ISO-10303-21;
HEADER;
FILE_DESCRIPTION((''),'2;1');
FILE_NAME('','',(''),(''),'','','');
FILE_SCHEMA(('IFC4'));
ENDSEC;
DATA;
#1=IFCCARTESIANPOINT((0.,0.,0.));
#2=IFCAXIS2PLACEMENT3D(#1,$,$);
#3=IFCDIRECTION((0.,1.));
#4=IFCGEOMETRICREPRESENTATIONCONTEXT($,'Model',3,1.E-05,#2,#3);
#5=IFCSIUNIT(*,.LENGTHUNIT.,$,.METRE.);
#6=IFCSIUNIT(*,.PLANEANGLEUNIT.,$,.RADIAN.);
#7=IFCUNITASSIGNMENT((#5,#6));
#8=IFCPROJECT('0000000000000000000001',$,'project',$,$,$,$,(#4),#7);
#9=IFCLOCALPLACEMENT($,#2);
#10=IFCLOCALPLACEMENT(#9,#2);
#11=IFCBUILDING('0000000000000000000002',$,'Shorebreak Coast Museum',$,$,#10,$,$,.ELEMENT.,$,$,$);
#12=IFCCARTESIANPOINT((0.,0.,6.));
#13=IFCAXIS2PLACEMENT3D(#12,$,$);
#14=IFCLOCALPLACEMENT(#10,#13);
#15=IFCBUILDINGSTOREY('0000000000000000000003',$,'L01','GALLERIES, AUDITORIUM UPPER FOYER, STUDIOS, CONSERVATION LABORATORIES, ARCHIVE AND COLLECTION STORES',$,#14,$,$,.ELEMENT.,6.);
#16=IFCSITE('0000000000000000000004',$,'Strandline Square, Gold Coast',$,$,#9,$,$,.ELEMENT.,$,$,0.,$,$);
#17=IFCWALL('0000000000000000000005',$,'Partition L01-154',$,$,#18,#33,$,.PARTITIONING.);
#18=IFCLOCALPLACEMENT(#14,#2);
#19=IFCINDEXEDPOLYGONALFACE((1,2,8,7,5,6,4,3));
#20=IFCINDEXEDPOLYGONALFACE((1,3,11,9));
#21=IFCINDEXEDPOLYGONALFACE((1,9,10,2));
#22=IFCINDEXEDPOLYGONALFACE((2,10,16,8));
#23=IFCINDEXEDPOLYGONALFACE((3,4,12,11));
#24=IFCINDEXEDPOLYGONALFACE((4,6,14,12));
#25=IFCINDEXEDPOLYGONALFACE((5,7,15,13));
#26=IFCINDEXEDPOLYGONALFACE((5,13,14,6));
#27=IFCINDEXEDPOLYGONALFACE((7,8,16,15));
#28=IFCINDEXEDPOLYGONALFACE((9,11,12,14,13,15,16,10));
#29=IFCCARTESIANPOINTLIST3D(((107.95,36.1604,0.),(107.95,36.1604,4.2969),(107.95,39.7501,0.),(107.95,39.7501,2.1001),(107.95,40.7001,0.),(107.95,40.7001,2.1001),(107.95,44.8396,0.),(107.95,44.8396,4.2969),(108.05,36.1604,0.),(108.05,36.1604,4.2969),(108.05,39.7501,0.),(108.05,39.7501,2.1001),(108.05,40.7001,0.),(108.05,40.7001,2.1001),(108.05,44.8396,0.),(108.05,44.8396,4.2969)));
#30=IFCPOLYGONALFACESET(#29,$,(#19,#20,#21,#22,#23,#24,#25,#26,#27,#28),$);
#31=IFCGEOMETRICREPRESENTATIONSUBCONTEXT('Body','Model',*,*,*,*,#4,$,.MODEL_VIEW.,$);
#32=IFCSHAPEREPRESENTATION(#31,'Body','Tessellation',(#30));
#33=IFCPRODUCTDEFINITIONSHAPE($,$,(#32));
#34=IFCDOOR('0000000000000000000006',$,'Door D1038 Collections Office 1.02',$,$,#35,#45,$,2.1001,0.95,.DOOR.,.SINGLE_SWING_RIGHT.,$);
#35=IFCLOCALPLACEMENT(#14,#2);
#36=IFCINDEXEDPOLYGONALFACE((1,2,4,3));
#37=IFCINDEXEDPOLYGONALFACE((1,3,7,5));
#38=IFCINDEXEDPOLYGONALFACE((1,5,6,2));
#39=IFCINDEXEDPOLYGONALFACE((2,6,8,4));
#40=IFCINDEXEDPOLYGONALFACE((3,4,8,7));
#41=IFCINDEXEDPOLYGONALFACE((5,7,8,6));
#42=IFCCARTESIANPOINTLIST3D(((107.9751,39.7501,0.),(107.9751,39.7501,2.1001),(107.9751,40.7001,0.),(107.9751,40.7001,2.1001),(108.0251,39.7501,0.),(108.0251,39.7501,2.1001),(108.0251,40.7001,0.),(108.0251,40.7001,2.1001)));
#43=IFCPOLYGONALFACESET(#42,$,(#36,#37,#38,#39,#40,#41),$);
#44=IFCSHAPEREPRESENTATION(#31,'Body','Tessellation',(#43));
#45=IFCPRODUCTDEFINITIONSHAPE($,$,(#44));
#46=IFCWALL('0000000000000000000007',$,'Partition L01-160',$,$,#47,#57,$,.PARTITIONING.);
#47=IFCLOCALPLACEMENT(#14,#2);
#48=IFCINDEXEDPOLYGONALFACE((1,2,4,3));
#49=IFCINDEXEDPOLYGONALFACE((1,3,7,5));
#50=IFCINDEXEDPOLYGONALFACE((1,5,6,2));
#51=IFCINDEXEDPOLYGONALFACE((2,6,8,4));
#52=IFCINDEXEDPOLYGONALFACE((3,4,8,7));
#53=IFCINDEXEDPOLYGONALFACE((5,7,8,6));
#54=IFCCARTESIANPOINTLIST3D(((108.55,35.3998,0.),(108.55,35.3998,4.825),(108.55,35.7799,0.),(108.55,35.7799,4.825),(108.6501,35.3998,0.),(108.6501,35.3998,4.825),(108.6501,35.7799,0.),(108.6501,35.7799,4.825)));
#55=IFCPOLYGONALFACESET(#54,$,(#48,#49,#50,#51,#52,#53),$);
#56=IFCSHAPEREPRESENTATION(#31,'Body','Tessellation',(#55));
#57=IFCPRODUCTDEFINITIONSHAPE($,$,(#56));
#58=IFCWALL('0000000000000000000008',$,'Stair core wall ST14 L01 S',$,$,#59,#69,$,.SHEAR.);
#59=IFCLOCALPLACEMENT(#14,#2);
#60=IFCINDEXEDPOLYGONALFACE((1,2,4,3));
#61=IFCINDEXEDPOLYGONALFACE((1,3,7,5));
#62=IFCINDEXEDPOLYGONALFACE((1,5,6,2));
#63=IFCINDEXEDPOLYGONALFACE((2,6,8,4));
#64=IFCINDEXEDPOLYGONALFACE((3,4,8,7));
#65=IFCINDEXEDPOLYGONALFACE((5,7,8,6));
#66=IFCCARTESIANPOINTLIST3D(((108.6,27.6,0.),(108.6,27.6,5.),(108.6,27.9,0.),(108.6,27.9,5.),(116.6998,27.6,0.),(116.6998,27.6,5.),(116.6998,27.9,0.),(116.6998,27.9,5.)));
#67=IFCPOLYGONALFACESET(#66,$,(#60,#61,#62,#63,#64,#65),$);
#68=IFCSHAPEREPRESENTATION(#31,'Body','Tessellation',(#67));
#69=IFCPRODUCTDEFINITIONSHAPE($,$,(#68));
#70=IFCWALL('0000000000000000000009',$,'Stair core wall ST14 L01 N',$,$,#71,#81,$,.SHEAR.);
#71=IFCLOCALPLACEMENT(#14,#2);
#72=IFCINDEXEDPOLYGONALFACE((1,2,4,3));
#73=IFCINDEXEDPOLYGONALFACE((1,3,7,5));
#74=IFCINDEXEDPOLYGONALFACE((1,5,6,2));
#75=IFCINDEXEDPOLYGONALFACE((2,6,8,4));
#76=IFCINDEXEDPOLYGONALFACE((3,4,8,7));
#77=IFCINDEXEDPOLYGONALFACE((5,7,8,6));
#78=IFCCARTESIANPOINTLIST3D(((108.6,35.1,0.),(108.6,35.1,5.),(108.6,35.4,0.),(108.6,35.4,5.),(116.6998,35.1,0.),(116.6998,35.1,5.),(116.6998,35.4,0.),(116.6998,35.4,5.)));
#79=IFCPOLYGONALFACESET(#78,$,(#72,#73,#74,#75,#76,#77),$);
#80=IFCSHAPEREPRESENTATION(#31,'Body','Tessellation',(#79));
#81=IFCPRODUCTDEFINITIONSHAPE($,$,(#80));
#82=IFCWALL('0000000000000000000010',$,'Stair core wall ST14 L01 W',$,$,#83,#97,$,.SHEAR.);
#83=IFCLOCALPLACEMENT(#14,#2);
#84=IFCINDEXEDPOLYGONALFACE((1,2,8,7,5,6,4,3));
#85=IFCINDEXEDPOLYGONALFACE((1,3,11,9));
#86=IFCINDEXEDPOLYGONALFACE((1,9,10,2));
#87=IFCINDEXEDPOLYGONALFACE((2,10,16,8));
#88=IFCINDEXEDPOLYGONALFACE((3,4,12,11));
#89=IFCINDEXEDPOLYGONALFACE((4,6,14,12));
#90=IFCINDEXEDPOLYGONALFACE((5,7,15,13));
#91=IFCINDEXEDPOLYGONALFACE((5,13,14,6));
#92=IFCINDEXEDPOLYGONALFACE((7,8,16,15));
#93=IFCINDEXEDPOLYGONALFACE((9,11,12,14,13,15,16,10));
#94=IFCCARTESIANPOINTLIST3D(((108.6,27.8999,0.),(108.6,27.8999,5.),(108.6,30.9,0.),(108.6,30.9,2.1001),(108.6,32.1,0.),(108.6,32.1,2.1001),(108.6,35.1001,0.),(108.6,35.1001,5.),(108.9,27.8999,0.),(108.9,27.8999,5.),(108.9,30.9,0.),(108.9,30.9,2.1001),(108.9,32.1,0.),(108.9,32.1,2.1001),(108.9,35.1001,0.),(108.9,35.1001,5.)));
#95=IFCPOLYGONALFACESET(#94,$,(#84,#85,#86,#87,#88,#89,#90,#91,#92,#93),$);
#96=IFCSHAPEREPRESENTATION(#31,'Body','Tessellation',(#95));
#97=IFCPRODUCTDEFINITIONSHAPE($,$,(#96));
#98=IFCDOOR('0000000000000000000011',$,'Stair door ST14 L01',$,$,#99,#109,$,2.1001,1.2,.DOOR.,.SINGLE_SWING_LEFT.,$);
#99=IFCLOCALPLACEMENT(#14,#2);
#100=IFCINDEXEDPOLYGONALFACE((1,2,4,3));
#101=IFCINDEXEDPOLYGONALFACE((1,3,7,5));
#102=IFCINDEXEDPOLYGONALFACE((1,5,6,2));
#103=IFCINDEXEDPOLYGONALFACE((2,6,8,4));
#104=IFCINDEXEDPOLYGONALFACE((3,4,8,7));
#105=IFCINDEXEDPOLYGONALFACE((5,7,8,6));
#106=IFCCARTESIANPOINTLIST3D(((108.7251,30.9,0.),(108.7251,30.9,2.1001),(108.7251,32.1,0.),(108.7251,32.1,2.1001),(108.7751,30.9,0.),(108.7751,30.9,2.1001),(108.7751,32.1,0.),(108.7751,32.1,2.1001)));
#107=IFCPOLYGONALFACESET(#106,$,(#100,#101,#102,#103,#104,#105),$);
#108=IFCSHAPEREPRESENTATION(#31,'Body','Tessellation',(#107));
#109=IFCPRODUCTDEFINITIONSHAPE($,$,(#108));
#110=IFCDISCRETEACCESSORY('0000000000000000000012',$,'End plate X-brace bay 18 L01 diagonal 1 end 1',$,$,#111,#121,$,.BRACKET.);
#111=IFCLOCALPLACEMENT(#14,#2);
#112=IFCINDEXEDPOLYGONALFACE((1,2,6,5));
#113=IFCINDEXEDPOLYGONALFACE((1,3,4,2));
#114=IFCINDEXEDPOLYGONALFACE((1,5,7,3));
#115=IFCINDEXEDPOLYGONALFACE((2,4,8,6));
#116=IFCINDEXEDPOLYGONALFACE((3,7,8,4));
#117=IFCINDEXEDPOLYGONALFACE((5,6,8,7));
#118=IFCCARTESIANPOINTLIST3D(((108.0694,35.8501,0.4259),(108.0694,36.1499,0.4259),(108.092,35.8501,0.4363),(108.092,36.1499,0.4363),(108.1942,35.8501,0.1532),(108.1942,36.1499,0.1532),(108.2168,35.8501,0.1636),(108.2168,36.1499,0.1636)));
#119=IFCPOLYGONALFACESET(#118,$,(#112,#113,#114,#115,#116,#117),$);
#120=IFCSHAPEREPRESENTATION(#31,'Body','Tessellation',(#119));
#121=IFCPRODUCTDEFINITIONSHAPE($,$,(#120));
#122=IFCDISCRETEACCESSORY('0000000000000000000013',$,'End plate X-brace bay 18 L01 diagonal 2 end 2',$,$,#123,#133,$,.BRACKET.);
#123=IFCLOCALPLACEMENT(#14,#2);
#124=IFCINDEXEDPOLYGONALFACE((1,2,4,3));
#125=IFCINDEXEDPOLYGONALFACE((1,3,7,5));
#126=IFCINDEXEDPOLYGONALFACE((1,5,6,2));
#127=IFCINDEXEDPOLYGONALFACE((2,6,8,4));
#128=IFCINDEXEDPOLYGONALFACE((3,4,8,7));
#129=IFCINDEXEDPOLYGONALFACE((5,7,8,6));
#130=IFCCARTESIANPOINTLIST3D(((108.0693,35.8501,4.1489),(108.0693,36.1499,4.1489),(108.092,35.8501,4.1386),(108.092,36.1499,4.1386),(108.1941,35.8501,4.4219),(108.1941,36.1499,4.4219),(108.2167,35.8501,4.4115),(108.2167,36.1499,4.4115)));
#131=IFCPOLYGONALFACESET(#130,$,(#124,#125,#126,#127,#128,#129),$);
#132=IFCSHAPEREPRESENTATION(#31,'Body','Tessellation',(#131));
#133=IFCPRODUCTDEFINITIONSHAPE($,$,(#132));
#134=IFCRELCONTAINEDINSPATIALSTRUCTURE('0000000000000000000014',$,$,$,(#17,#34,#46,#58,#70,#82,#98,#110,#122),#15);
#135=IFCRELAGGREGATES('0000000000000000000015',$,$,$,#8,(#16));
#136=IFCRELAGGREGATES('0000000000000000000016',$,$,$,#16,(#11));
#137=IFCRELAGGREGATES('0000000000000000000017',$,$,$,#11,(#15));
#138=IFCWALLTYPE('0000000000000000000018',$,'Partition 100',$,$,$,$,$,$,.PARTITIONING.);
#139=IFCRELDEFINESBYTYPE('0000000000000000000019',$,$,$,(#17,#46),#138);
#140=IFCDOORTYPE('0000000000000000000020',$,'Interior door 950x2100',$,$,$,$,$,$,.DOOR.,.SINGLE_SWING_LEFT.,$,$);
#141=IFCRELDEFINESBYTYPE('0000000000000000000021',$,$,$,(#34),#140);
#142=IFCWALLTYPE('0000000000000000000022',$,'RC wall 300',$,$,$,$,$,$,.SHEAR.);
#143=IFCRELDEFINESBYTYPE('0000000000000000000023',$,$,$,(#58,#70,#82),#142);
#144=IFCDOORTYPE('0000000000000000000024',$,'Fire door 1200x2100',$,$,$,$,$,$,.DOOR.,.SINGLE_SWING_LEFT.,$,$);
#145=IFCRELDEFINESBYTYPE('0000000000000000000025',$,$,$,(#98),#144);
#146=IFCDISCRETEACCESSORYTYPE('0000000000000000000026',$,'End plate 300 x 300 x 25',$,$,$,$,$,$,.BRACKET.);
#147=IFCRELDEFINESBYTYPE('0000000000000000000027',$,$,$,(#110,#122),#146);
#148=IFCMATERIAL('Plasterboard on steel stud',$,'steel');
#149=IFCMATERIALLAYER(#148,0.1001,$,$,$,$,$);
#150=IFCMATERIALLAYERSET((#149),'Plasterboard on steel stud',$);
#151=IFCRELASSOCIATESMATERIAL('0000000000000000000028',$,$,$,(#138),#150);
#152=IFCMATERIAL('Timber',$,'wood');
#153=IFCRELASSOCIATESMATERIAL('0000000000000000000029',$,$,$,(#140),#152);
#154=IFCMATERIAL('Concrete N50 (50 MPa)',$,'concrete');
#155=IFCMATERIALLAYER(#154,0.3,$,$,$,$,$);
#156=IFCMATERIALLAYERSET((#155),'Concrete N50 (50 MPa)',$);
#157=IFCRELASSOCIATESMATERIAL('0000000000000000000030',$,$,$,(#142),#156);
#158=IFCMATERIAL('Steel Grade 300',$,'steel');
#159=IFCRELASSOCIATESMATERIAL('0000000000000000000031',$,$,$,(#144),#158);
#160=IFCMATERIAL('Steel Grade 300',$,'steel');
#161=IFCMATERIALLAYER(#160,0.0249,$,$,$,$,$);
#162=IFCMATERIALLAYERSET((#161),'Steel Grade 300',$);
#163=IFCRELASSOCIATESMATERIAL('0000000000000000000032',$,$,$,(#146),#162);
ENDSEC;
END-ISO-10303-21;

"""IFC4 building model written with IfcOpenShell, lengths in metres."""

from ifc_helpers import new_model, si_unit, direction, frame, frame_2d, origin, place, context, subcontext, project, spatial, polyline, rectangle, outline, extrude, material, layer, layer_set, type_object, element, fill, save


model = new_model("IFC4")

# Units and contexts
model_context = context("Model", 3, precision=1e-05, world=origin(), true_north=direction((0.0, 1.0)))
body_context = subcontext(model_context, "Body", "Model", "MODEL_VIEW")
ifc_project = project(units=[si_unit("LENGTHUNIT", "METRE"), si_unit("PLANEANGLEUNIT", "RADIAN")], contexts=[model_context])

# Site, building, storey
site_placement = place(None, origin())
site = spatial("IfcSite", under=ifc_project, at=site_placement, Name="Strandline Square, Gold Coast", CompositionType="ELEMENT", RefElevation=0.0)
building_placement = place(site_placement, origin())
building = spatial("IfcBuilding", under=site, at=building_placement, Name="Shorebreak Coast Museum", CompositionType="ELEMENT")
storey_placement = place(building_placement, frame((0.0, 0.0, 6.0)))
storey = spatial("IfcBuildingStorey", under=building, at=storey_placement, Name="L01", Description="GALLERIES, AUDITORIUM UPPER FOYER, STUDIOS, CONSERVATION LABORATORIES, ARCHIVE AND COLLECTION STORES", CompositionType="ELEMENT", Elevation=6.0)

# Wall, opening, door
ifc_material_1 = material(Name="Plasterboard on steel stud", Category="steel")
ifc_layer_1 = layer(ifc_material_1, 0.1001)
ifc_layer_set_1 = layer_set([ifc_layer_1], Name="Plasterboard on steel stud")
wall_type_1 = type_object("IfcWallType", Name="Partition 100", PredefinedType="PARTITIONING", material=ifc_layer_set_1)
wall_1_placement = place(storey_placement, frame((108.0, 36.1604, 0.0), z_axis=(0.0, 0.0, 1.0), x_axis=(0.0, 1.0, 0.0)))
wall_1 = element("IfcWall", 1, at=wall_1_placement, inside=storey, type_object=wall_type_1, Name="Partition L01-154", PredefinedType="PARTITIONING", context=body_context, shape_type="SweptSolid", body=[
    extrude(rectangle(XDim=8.6792, YDim=0.1001, at=frame_2d((4.3396, 0.0))), origin(), (0.0, 0.0, 1.0), 4.2969),
])
opening_1_placement = place(wall_1_placement, frame((3.5896, 0.0, 0.0)))
opening_1 = element("IfcOpeningElement", 2, at=opening_1_placement, cuts=wall_1, PredefinedType="OPENING", context=body_context, shape_type="SweptSolid", body=[
    extrude(rectangle(XDim=0.95, YDim=2.1001, at=frame_2d((0.4751, 1.05))), frame((0.0, 0.0601, 0.0), z_axis=(0.0, -1.0, 0.0), x_axis=(1.0, 0.0, 0.0)), (0.0, 0.0, 1.0), 0.1201),
])
ifc_material_2 = material(Name="Timber", Category="wood")
door_type_1 = type_object("IfcDoorType", Name="Interior door 950x2100", OperationType="SINGLE_SWING_LEFT", PredefinedType="DOOR", material=ifc_material_2)
door_1_placement = place(opening_1_placement, origin())
door_1 = element("IfcDoor", 3, at=door_1_placement, inside=storey, type_object=door_type_1, Name="Door D1038 Collections Office 1.02", OperationType="SINGLE_SWING_RIGHT", OverallHeight=2.1001, OverallWidth=0.95, PredefinedType="DOOR", context=body_context, shape_type="SweptSolid", body=[
    extrude(rectangle(XDim=0.95, YDim=2.1001, at=frame_2d((0.4751, 1.05))), frame((0.0, 0.0249, 0.0), z_axis=(0.0, -1.0, 0.0), x_axis=(1.0, 0.0, 0.0)), (0.0, 0.0, 1.0), 0.05),
])
fill(opening_1, door_1)

# Walls
wall_2_placement = place(storey_placement, frame((108.6001, 35.3999, 0.0), z_axis=(0.0, 0.0, 1.0), x_axis=(0.0, 1.0, 0.0)))
element("IfcWall", 4, at=wall_2_placement, inside=storey, type_object=wall_type_1, Name="Partition L01-160", PredefinedType="PARTITIONING", context=body_context, shape_type="SweptSolid", body=[
    extrude(rectangle(XDim=0.3801, YDim=0.1001, at=frame_2d((0.1899, 0.0))), origin(), (0.0, 0.0, 1.0), 4.825),
])
ifc_material_3 = material(Name="Concrete N50 (50 MPa)", Category="concrete")
ifc_layer_2 = layer(ifc_material_3, 0.3)
ifc_layer_set_2 = layer_set([ifc_layer_2], Name="Concrete N50 (50 MPa)")
wall_type_2 = type_object("IfcWallType", Name="RC wall 300", PredefinedType="SHEAR", material=ifc_layer_set_2)
for number, where, z_axis, x_axis, name in (
    (5, (108.6001, 27.75, 0.0), (0.0, 0.0, 1.0), (1.0, 0.0, 0.0), "Stair core wall ST14 L01 S"),
    (6, (108.6001, 35.25, 0.0), (0.0, 0.0, 1.0), (1.0, 0.0, 0.0), "Stair core wall ST14 L01 N"),
):
    element("IfcWall", number, at=place(storey_placement, frame(where, z_axis=z_axis, x_axis=x_axis)), inside=storey, type_object=wall_type_2, Name=name, PredefinedType="SHEAR", context=body_context, shape_type="SweptSolid", body=[
        extrude(rectangle(XDim=8.0999, YDim=0.3, at=frame_2d((4.0498, 0.0))), origin(), (0.0, 0.0, 1.0), 5.0),
    ])

# Wall, opening, door
wall_3_placement = place(storey_placement, frame((108.75, 27.8999, 0.0), z_axis=(0.0, 0.0, 1.0), x_axis=(0.0, 1.0, 0.0)))
wall_3 = element("IfcWall", 7, at=wall_3_placement, inside=storey, type_object=wall_type_2, Name="Stair core wall ST14 L01 W", PredefinedType="SHEAR", context=body_context, shape_type="SweptSolid", body=[
    extrude(rectangle(XDim=7.2002, YDim=0.3, at=frame_2d((3.6001, 0.0))), origin(), (0.0, 0.0, 1.0), 5.0),
])
opening_2_placement = place(wall_3_placement, frame((3.0, 0.0, 0.0)))
opening_2 = element("IfcOpeningElement", 8, at=opening_2_placement, cuts=wall_3, PredefinedType="OPENING", context=body_context, shape_type="SweptSolid", body=[
    extrude(rectangle(XDim=1.2, YDim=2.1001, at=frame_2d((0.6001, 1.05))), frame((0.0, 0.1599, 0.0), z_axis=(0.0, -1.0, 0.0), x_axis=(1.0, 0.0, 0.0)), (0.0, 0.0, 1.0), 0.3201),
])
ifc_material_4 = material(Name="Steel Grade 300", Category="steel")
door_type_2 = type_object("IfcDoorType", Name="Fire door 1200x2100", OperationType="SINGLE_SWING_LEFT", PredefinedType="DOOR", material=ifc_material_4)
door_2_placement = place(opening_2_placement, origin())
door_2 = element("IfcDoor", 9, at=door_2_placement, inside=storey, type_object=door_type_2, Name="Stair door ST14 L01", OperationType="SINGLE_SWING_LEFT", OverallHeight=2.1001, OverallWidth=1.2, PredefinedType="DOOR", context=body_context, shape_type="SweptSolid", body=[
    extrude(rectangle(XDim=1.2, YDim=2.1001, at=frame_2d((0.6001, 1.05))), frame((0.0, 0.0249, 0.0), z_axis=(0.0, -1.0, 0.0), x_axis=(1.0, 0.0, 0.0)), (0.0, 0.0, 1.0), 0.05),
])
fill(opening_2, door_2)

# Discrete accessories
ifc_material_5 = material(Name="Steel Grade 300", Category="steel")
ifc_layer_3 = layer(ifc_material_5, 0.0249)
ifc_layer_set_3 = layer_set([ifc_layer_3], Name="Steel Grade 300")
discrete_accessory_type = type_object("IfcDiscreteAccessoryType", Name="End plate 300 x 300 x 25", PredefinedType="BRACKET", material=ifc_layer_set_3)
discrete_accessory_1_placement = place(storey_placement, frame((108.2168, 35.8501, 0.1636), z_axis=(0.90936, 0.0, 0.41601), x_axis=(0.0, 1.0, 0.0)))
element("IfcDiscreteAccessory", 10, at=discrete_accessory_1_placement, inside=storey, type_object=discrete_accessory_type, Name="End plate X-brace bay 18 L01 diagonal 1 end 1", PredefinedType="BRACKET", context=body_context, shape_type="SweptSolid", body=[
    extrude(outline(polyline([(0.0, 0.0), (0.2998, 0.0), (0.2998, 0.2999), (0.0, 0.2999), (0.0, 0.0)])), origin(), (0.0, 0.0, -1.0), 0.0249),
])
discrete_accessory_2_placement = place(storey_placement, frame((108.0693, 36.1499, 4.1489), z_axis=(-0.909501, 0.0, 0.415702), x_axis=(0.0, -1.0, 0.0)))
element("IfcDiscreteAccessory", 11, at=discrete_accessory_2_placement, inside=storey, type_object=discrete_accessory_type, Name="End plate X-brace bay 18 L01 diagonal 2 end 2", PredefinedType="BRACKET", context=body_context, shape_type="SweptSolid", body=[
    extrude(outline(polyline([(0.0, 0.0), (0.2998, 0.0), (0.2998, 0.3001), (0.0, 0.3001), (0.0, 0.0)])), origin(), (0.0, 0.0, -1.0), 0.0249),
])

save(model, "model.ifc")
